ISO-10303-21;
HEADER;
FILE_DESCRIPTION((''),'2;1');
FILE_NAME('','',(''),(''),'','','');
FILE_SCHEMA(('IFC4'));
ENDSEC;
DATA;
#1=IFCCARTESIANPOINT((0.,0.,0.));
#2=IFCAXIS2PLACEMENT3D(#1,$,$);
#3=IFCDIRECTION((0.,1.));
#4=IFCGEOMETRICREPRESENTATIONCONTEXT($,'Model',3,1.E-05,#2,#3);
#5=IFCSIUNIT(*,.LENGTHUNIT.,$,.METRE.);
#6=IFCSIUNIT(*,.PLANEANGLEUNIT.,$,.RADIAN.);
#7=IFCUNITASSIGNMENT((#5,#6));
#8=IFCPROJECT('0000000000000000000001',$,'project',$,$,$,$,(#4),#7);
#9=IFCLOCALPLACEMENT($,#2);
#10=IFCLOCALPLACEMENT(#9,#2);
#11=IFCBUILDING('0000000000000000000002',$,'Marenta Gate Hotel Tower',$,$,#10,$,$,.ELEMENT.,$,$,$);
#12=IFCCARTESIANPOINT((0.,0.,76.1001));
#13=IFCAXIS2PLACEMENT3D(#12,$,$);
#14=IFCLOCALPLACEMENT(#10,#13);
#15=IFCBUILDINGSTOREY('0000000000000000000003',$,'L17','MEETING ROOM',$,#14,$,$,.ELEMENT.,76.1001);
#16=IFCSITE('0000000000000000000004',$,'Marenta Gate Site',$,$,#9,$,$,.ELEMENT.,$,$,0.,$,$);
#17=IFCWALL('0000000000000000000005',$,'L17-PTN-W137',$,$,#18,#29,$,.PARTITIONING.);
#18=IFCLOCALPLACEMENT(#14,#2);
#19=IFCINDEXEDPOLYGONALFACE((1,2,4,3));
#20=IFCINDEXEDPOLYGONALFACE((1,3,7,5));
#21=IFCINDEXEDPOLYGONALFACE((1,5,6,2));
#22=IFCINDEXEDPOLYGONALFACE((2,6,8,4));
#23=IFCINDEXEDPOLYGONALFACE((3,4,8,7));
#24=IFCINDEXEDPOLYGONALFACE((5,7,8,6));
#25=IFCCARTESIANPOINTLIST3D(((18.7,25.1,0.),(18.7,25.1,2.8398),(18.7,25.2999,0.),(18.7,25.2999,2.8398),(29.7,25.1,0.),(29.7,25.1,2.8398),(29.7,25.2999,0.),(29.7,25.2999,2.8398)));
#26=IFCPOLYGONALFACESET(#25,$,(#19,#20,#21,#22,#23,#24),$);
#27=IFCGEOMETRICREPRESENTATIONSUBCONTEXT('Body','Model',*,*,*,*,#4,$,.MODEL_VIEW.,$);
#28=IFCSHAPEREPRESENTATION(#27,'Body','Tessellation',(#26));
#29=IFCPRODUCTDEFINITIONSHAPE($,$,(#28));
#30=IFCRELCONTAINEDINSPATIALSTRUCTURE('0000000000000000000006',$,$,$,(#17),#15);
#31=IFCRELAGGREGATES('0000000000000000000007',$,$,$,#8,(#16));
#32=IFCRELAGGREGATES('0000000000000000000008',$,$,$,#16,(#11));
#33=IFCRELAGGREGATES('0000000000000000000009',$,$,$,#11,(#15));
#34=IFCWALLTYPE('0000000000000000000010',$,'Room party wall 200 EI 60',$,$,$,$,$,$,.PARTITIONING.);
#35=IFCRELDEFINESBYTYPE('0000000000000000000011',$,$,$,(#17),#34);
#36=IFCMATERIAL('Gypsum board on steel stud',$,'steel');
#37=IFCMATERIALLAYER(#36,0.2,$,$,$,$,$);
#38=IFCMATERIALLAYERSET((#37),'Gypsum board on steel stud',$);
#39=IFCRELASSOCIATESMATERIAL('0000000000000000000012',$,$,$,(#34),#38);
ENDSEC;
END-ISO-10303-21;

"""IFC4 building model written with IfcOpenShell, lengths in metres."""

from ifc_helpers import new_model, si_unit, direction, frame, frame_2d, origin, place, context, subcontext, project, spatial, rectangle, extrude, material, layer, layer_set, type_object, element, save


model = new_model("IFC4")

# Units and contexts
model_context = context("Model", 3, precision=1e-05, world=origin(), true_north=direction((0.0, 1.0)))
body_context = subcontext(model_context, "Body", "Model", "MODEL_VIEW")
ifc_project = project(units=[si_unit("LENGTHUNIT", "METRE"), si_unit("PLANEANGLEUNIT", "RADIAN")], contexts=[model_context])

# Site, building, storey
site_placement = place(None, origin())
site = spatial("IfcSite", under=ifc_project, at=site_placement, Name="Marenta Gate Site", CompositionType="ELEMENT", RefElevation=0.0)
building_placement = place(site_placement, origin())
building = spatial("IfcBuilding", under=site, at=building_placement, Name="Marenta Gate Hotel Tower", CompositionType="ELEMENT")
storey_placement = place(building_placement, frame((0.0, 0.0, 76.1001)))
storey = spatial("IfcBuildingStorey", under=building, at=storey_placement, Name="L17", Description="MEETING ROOM", CompositionType="ELEMENT", Elevation=76.1001)

# Wall
ifc_material_1 = material(Name="Gypsum board on steel stud", Category="steel")
ifc_layer_1 = layer(ifc_material_1, 0.2)
ifc_layer_set_1 = layer_set([ifc_layer_1], Name="Gypsum board on steel stud")
wall_type_1 = type_object("IfcWallType", Name="Room party wall 200 EI 60", PredefinedType="PARTITIONING", material=ifc_layer_set_1)
wall_1_placement = place(storey_placement, frame((18.7, 25.2, 0.0), z_axis=(0.0, 0.0, 1.0), x_axis=(1.0, 0.0, 0.0)))
element("IfcWall", 1, at=wall_1_placement, inside=storey, type_object=wall_type_1, Name="L17-PTN-W137", PredefinedType="PARTITIONING", context=body_context, shape_type="SweptSolid", body=[
    extrude(rectangle(XDim=11.0, YDim=0.2, at=frame_2d((5.5, 0.0))), origin(), (0.0, 0.0, 1.0), 2.8398),
])

save(model, "model.ifc")
